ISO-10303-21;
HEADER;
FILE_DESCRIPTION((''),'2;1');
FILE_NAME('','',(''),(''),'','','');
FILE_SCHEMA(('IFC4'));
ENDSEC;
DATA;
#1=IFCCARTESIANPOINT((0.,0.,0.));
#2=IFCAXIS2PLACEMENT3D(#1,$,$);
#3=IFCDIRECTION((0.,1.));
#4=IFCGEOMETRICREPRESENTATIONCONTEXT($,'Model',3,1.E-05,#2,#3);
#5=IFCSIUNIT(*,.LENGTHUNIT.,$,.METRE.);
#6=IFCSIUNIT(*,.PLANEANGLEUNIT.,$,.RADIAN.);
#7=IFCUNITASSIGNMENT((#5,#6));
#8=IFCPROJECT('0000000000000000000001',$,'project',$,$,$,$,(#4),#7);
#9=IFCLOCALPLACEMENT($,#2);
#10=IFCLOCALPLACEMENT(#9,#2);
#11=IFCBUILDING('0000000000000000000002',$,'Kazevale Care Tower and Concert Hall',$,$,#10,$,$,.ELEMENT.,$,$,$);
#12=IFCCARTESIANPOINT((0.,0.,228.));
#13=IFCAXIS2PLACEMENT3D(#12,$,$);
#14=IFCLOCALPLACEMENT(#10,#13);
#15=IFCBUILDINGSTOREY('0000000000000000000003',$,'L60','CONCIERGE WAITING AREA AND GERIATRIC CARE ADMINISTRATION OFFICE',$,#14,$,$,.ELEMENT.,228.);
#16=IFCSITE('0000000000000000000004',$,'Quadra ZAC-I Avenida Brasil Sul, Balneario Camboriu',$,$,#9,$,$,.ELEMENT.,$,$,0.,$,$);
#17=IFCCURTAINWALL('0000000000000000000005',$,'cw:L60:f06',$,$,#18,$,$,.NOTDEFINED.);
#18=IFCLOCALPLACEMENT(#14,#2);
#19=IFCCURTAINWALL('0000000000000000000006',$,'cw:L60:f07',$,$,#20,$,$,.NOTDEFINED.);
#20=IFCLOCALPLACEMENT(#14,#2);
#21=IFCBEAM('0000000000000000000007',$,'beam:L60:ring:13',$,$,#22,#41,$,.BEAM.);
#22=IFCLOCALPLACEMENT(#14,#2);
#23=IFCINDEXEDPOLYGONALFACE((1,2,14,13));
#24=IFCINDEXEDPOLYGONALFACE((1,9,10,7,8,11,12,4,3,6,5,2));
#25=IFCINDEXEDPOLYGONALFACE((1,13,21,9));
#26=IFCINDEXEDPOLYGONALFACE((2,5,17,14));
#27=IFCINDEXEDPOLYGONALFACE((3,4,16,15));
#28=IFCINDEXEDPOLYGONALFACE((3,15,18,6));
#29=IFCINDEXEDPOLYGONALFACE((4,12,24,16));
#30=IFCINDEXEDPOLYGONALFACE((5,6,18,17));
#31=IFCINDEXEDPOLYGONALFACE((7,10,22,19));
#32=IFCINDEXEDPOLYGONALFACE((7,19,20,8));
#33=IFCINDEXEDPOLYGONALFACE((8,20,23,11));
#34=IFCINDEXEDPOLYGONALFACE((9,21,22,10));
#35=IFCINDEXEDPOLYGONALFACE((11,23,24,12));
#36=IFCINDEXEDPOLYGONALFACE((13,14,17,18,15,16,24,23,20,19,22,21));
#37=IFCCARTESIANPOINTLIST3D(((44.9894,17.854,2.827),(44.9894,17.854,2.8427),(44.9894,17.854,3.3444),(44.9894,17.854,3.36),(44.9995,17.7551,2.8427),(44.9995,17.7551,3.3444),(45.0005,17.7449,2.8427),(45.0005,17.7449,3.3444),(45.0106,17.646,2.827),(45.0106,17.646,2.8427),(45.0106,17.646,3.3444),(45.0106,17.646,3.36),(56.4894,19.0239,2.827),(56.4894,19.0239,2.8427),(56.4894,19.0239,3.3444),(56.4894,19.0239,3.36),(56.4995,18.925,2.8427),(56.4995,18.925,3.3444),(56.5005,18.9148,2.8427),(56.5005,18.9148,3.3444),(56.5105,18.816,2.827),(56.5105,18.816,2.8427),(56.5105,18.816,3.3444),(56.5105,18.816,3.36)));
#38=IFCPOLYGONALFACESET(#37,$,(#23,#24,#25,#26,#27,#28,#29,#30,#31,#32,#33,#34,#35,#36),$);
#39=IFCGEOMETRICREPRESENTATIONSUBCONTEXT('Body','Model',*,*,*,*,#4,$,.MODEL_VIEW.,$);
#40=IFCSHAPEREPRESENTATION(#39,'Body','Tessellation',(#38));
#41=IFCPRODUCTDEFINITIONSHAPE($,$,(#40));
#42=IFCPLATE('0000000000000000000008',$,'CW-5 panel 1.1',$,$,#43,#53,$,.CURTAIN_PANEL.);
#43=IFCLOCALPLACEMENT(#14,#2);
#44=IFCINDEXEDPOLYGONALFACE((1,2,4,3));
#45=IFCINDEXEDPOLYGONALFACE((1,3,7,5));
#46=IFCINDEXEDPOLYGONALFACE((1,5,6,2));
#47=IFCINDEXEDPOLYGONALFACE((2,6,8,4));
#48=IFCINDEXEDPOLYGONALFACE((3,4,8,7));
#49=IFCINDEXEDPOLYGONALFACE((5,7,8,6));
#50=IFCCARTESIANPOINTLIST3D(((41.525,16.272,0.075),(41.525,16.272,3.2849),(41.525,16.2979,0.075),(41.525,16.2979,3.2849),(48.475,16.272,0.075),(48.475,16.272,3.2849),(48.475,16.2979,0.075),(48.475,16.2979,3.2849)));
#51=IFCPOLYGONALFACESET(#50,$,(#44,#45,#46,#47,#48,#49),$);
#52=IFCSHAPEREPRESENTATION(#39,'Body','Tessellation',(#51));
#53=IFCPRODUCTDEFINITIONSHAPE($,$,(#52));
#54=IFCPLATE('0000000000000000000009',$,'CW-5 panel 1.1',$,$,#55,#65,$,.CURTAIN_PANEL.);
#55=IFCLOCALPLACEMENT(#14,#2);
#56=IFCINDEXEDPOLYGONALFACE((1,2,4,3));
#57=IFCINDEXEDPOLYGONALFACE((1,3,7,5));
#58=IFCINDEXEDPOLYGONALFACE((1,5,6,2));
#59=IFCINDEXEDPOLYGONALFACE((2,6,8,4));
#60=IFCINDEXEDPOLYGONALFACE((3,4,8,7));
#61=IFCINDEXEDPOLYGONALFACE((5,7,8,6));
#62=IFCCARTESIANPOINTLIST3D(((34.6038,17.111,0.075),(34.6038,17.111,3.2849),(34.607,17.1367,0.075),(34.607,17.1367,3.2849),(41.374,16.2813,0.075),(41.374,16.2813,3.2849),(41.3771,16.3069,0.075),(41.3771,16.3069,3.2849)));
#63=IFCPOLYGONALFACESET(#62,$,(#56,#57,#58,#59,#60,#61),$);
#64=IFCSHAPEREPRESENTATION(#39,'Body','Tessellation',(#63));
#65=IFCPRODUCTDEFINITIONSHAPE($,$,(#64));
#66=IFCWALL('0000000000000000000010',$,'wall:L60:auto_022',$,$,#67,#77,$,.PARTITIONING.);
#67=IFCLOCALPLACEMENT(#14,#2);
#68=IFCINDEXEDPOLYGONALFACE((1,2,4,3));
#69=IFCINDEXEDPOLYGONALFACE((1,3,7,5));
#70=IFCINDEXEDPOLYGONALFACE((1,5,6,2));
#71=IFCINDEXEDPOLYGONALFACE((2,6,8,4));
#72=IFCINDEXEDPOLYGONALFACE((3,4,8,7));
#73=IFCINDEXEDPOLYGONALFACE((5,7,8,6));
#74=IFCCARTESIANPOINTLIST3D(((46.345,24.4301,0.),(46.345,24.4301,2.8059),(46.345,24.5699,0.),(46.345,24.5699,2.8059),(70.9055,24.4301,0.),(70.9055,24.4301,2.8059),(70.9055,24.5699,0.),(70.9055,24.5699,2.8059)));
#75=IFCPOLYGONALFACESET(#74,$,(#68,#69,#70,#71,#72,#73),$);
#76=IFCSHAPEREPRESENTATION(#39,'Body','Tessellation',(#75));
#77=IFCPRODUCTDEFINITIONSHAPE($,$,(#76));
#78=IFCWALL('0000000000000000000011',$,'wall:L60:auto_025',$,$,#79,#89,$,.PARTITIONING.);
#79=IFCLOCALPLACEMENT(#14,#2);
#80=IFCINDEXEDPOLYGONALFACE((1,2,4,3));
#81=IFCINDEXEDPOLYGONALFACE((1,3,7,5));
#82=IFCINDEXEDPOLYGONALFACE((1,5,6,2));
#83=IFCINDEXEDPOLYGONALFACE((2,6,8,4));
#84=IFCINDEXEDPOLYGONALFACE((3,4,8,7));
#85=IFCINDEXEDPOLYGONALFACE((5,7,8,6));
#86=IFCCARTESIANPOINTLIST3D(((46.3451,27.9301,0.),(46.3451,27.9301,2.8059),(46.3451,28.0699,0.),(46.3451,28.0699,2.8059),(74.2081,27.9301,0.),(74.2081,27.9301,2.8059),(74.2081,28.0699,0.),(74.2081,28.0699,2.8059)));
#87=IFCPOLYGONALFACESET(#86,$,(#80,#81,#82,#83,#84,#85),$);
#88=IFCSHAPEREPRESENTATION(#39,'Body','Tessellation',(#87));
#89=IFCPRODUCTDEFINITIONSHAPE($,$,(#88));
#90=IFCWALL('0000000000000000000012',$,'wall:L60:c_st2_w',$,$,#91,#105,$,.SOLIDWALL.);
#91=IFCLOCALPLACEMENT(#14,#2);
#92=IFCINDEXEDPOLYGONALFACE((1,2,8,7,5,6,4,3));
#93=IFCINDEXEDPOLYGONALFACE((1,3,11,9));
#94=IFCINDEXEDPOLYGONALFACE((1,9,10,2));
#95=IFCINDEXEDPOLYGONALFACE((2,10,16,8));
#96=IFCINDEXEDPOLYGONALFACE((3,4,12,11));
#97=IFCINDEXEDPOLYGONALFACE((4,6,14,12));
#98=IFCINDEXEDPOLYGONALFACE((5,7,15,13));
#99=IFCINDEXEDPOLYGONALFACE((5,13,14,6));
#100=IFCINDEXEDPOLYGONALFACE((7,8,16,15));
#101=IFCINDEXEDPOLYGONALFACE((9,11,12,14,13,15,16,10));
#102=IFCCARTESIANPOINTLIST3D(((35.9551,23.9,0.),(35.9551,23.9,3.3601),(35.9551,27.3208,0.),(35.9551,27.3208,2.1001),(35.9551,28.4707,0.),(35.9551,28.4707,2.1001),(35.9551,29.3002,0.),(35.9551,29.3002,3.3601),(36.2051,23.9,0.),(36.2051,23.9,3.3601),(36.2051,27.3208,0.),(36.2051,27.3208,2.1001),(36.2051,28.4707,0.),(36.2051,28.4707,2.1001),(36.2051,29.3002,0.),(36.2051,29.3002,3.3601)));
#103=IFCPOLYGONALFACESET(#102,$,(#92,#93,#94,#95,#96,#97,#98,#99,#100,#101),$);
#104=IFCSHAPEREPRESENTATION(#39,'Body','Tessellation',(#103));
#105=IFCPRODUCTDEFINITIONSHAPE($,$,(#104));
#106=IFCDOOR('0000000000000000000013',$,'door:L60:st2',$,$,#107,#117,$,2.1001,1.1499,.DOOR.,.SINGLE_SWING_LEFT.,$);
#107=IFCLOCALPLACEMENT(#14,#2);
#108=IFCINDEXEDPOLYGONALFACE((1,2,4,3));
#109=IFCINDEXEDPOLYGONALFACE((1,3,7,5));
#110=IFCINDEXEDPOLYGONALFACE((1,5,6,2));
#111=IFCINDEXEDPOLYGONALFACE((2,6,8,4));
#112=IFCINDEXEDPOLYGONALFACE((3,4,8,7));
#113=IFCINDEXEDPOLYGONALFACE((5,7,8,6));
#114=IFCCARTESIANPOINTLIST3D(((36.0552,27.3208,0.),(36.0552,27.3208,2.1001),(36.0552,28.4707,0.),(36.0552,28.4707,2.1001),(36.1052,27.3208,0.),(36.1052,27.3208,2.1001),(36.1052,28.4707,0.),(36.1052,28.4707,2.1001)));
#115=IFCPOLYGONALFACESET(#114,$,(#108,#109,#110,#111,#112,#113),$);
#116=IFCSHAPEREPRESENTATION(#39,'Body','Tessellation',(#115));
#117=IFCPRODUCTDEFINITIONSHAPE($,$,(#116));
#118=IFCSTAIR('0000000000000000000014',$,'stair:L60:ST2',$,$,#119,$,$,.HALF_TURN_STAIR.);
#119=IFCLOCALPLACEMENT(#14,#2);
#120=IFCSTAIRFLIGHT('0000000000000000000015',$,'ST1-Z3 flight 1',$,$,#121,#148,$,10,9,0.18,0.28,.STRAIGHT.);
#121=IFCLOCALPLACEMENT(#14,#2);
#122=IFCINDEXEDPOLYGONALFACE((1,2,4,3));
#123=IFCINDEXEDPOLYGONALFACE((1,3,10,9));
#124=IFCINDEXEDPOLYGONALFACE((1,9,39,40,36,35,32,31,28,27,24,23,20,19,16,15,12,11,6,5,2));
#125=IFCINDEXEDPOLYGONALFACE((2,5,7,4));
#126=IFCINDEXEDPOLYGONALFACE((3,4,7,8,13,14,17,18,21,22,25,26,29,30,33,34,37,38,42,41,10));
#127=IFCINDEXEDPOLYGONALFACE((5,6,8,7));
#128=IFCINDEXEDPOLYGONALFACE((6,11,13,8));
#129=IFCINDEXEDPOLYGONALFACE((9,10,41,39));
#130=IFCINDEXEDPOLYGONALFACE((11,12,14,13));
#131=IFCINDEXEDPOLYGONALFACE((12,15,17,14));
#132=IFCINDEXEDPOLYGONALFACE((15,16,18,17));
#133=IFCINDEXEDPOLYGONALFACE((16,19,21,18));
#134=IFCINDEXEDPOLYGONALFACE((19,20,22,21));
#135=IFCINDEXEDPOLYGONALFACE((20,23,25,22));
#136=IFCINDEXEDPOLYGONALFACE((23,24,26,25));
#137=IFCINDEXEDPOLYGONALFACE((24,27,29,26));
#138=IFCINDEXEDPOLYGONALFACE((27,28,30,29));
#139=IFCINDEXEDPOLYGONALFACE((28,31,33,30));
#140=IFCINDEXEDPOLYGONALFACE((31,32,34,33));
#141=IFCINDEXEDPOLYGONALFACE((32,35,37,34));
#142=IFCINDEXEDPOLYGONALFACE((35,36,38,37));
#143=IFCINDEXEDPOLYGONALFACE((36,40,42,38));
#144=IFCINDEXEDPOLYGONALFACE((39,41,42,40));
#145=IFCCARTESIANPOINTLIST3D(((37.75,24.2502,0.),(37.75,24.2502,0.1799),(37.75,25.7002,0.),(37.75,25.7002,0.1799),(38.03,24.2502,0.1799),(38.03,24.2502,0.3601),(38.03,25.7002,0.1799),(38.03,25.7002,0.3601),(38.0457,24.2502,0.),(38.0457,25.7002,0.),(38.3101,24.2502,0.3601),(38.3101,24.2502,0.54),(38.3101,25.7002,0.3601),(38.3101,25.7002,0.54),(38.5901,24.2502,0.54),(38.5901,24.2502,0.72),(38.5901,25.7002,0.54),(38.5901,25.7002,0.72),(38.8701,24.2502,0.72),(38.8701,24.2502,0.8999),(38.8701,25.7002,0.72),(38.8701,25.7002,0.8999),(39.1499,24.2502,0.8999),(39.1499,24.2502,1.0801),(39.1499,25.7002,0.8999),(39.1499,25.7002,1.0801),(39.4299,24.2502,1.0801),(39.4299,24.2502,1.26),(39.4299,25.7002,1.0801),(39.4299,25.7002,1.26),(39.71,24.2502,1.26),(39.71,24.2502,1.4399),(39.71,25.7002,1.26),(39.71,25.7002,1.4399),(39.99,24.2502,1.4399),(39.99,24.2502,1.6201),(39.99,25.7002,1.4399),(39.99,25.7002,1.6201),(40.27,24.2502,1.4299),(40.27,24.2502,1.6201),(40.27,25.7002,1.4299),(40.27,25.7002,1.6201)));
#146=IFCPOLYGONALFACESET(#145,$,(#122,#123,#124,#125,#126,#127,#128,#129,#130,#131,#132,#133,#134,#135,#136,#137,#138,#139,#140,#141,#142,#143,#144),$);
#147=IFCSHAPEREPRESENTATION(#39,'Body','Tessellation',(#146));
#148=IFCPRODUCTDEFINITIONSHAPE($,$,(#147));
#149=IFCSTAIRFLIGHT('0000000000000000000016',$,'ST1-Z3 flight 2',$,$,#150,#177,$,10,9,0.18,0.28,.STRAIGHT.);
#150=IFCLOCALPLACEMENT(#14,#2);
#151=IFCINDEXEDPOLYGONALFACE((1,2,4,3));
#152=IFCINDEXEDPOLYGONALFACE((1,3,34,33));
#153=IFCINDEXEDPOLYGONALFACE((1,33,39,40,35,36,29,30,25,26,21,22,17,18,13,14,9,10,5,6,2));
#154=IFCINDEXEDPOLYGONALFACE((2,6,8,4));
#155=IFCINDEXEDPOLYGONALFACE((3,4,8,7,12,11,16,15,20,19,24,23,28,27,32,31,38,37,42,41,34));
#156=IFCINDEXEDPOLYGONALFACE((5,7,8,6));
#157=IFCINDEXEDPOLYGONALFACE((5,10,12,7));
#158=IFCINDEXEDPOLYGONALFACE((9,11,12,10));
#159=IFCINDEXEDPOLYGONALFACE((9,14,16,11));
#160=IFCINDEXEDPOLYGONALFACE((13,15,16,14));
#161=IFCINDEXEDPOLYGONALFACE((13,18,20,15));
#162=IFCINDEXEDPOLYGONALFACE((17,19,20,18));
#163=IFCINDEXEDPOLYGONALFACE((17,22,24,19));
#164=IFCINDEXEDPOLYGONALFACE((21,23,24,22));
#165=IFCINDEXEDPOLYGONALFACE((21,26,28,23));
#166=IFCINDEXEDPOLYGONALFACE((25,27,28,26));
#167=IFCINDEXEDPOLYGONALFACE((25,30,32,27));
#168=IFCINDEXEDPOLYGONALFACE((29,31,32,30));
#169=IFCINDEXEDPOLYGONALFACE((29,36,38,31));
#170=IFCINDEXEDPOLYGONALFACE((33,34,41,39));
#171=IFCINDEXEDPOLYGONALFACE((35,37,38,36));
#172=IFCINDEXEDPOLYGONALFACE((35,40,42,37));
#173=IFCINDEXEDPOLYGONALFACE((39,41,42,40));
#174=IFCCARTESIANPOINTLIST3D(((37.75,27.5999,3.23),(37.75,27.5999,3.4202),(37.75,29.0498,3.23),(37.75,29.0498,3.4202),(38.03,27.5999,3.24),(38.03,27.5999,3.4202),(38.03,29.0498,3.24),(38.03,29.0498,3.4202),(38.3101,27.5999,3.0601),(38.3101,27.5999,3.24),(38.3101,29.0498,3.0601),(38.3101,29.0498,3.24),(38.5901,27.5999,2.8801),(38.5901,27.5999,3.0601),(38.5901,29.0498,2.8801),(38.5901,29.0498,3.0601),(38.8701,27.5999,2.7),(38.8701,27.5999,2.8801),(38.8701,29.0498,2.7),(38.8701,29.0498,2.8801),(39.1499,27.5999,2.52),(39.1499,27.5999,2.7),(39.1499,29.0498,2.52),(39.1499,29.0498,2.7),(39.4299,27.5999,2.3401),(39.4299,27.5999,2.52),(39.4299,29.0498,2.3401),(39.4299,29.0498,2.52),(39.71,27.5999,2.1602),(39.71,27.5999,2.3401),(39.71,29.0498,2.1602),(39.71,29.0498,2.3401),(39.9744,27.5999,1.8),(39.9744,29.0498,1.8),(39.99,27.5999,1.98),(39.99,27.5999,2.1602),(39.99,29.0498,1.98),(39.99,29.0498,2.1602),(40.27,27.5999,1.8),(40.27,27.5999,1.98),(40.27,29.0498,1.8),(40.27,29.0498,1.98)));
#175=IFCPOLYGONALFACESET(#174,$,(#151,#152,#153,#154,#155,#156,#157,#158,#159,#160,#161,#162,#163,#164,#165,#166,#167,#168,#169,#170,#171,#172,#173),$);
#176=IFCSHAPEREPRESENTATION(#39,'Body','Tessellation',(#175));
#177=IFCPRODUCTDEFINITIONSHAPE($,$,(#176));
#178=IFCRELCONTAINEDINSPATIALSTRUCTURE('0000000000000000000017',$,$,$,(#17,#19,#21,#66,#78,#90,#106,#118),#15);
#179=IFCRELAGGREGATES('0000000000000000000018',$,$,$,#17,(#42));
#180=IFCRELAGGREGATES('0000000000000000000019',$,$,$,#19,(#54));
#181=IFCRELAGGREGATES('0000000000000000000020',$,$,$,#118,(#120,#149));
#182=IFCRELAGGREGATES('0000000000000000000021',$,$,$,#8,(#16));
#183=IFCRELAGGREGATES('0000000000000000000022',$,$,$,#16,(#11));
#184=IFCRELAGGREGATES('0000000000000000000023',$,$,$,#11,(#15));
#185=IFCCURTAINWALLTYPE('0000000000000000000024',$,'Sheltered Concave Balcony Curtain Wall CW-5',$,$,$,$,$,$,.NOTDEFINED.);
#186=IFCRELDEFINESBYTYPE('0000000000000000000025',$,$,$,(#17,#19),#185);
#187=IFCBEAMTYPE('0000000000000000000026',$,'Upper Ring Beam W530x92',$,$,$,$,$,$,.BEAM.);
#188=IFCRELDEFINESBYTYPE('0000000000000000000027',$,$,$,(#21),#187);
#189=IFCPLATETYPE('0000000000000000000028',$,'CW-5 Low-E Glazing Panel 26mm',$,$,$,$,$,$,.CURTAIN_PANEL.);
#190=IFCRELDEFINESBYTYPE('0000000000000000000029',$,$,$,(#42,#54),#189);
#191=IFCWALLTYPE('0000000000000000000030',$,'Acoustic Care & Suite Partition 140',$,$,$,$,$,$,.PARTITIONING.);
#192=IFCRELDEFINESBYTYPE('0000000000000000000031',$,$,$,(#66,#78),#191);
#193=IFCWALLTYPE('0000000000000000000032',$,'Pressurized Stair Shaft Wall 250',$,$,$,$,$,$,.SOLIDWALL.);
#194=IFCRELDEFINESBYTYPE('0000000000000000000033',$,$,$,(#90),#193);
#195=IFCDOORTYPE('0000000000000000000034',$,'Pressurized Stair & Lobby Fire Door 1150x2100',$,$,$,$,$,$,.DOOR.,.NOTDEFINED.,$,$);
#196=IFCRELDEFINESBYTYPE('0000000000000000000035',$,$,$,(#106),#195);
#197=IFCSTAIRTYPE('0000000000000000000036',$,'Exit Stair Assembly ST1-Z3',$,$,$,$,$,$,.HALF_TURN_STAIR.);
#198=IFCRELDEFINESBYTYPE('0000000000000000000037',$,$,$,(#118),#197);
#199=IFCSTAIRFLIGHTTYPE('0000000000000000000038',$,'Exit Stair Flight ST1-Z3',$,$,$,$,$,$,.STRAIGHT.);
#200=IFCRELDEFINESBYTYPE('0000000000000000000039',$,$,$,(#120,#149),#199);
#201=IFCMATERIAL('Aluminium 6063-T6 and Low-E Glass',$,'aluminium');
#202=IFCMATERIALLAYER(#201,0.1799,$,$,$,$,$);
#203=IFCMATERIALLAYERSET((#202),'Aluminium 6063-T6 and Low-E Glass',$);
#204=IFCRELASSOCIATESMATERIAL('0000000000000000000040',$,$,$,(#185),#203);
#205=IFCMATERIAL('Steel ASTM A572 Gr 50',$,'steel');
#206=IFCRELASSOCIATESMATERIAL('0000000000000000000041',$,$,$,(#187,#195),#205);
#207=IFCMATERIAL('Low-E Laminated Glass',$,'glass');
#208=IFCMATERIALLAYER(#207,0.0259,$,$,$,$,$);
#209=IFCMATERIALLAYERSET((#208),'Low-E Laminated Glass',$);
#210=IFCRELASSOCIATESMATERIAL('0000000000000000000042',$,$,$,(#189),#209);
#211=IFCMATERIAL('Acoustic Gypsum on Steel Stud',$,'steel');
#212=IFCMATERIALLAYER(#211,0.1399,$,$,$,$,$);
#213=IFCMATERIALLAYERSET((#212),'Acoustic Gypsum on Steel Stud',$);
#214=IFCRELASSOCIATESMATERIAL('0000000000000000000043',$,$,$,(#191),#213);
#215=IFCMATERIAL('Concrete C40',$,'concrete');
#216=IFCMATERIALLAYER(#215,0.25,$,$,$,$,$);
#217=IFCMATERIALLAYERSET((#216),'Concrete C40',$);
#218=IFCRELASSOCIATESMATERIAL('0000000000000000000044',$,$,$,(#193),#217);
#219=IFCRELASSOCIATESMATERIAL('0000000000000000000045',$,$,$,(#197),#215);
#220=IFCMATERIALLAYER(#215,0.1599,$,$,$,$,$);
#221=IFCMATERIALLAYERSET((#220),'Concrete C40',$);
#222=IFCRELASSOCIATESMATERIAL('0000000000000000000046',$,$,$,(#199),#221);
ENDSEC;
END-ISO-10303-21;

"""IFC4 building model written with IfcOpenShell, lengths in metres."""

from ifc_helpers import new_model, si_unit, direction, frame, frame_2d, origin, origin_2d, place, context, subcontext, project, spatial, polyline, rectangle, i_section, outline, extrude, material, layer, layer_set, material_profile, profile_set, type_object, element, fill, aggregate, save


model = new_model("IFC4")

# Units and contexts
model_context = context("Model", 3, precision=1e-05, world=origin(), true_north=direction((0.0, 1.0)))
body_context = subcontext(model_context, "Body", "Model", "MODEL_VIEW")
ifc_project = project(units=[si_unit("LENGTHUNIT", "METRE"), si_unit("PLANEANGLEUNIT", "RADIAN")], contexts=[model_context])

# Site, building, storey
site_placement = place(None, origin())
site = spatial("IfcSite", under=ifc_project, at=site_placement, Name="Quadra ZAC-I Avenida Brasil Sul, Balneario Camboriu", CompositionType="ELEMENT", RefElevation=0.0)
building_placement = place(site_placement, origin())
building = spatial("IfcBuilding", under=site, at=building_placement, Name="Kazevale Care Tower and Concert Hall", CompositionType="ELEMENT")
storey_placement = place(building_placement, frame((0.0, 0.0, 228.0)))
storey = spatial("IfcBuildingStorey", under=building, at=storey_placement, Name="L60", Description="CONCIERGE WAITING AREA AND GERIATRIC CARE ADMINISTRATION OFFICE", CompositionType="ELEMENT", Elevation=228.0)

# Curtain wall
ifc_material_1 = material(Name="Aluminium 6063-T6 and Low-E Glass", Category="aluminium")
ifc_layer_1 = layer(ifc_material_1, 0.1799)
ifc_layer_set_1 = layer_set([ifc_layer_1], Name="Aluminium 6063-T6 and Low-E Glass")
curtain_wall_type = type_object("IfcCurtainWallType", Name="Sheltered Concave Balcony Curtain Wall CW-5", PredefinedType="NOTDEFINED", material=ifc_layer_set_1)
curtain_wall_1_placement = place(storey_placement, origin())
curtain_wall_1 = element("IfcCurtainWall", 1, at=curtain_wall_1_placement, inside=storey, type_object=curtain_wall_type, Name="cw:L60:f06", PredefinedType="NOTDEFINED")

# Curtain wall
curtain_wall_2_placement = place(storey_placement, origin())
curtain_wall_2 = element("IfcCurtainWall", 2, at=curtain_wall_2_placement, inside=storey, type_object=curtain_wall_type, Name="cw:L60:f07", PredefinedType="NOTDEFINED")

# Beam
ifc_material_2 = material(Name="Steel ASTM A572 Gr 50", Category="steel")
ifc_material_profile_1 = material_profile(ifc_material_2, i_section(OverallWidth=0.209, OverallDepth=0.533, WebThickness=0.0103, FlangeThickness=0.0156, at=origin_2d()), Name="W530x92")
ifc_profile_set_1 = profile_set([ifc_material_profile_1], Name="Steel ASTM A572 Gr 50")
beam_type_1 = type_object("IfcBeamType", Name="Upper Ring Beam W530x92", PredefinedType="BEAM", material=ifc_profile_set_1)
beam_1_placement = place(storey_placement, frame((45.0, 17.75, 3.0935), z_axis=(0.994865, 0.10121, 0.0), x_axis=(-0.10121, 0.994865, 0.0)))
element("IfcBeam", 3, at=beam_1_placement, inside=storey, type_object=beam_type_1, Name="beam:L60:ring:13", PredefinedType="BEAM", context=body_context, shape_type="SweptSolid", body=[
    extrude(i_section(OverallWidth=0.209, OverallDepth=0.533, WebThickness=0.0103, FlangeThickness=0.0156, at=origin_2d()), origin(), (0.0, 0.0, 1.0), 11.5593),
])

# Plates
ifc_material_3 = material(Name="Low-E Laminated Glass", Category="glass")
ifc_layer_2 = layer(ifc_material_3, 0.0259)
ifc_layer_set_2 = layer_set([ifc_layer_2], Name="Low-E Laminated Glass")
plate_type = type_object("IfcPlateType", Name="CW-5 Low-E Glazing Panel 26mm", PredefinedType="CURTAIN_PANEL", material=ifc_layer_set_2)
plate_1_placement = place(storey_placement, frame((45.0, 16.2849, 0.075), z_axis=(0.0, 0.0, 1.0), x_axis=(-1.0, 0.0, 0.0)))
plate_1 = element("IfcPlate", 4, at=plate_1_placement, type_object=plate_type, Name="CW-5 panel 1.1", PredefinedType="CURTAIN_PANEL", context=body_context, shape_type="SweptSolid", body=[
    extrude(rectangle(XDim=6.95, YDim=0.0259, at=origin_2d()), origin(), (0.0, 0.0, 1.0), 3.21),
])
aggregate(curtain_wall_1, [plate_1])
plate_2_placement = place(storey_placement, frame((37.9905, 16.709, 0.075), z_axis=(0.0, 0.0, 1.0), x_axis=(-0.992573, 0.121651, 0.0)))
plate_2 = element("IfcPlate", 5, at=plate_2_placement, type_object=plate_type, Name="CW-5 panel 1.1", PredefinedType="CURTAIN_PANEL", context=body_context, shape_type="SweptSolid", body=[
    extrude(rectangle(XDim=6.8208, YDim=0.0259, at=origin_2d()), origin(), (0.0, 0.0, 1.0), 3.21),
])
aggregate(curtain_wall_2, [plate_2])

# Walls
ifc_material_4 = material(Name="Acoustic Gypsum on Steel Stud", Category="steel")
ifc_layer_3 = layer(ifc_material_4, 0.1399)
ifc_layer_set_3 = layer_set([ifc_layer_3], Name="Acoustic Gypsum on Steel Stud")
wall_type_1 = type_object("IfcWallType", Name="Acoustic Care & Suite Partition 140", PredefinedType="PARTITIONING", material=ifc_layer_set_3)
wall_1_placement = place(storey_placement, frame((46.345, 24.5, 0.0), z_axis=(0.0, 0.0, 1.0), x_axis=(1.0, 0.0, 0.0)))
element("IfcWall", 6, at=wall_1_placement, inside=storey, type_object=wall_type_1, Name="wall:L60:auto_022", PredefinedType="PARTITIONING", context=body_context, shape_type="SweptSolid", body=[
    extrude(rectangle(XDim=24.5605, YDim=0.1399, at=frame_2d((12.2803, 0.0))), origin(), (0.0, 0.0, 1.0), 2.8059),
])
wall_2_placement = place(storey_placement, frame((46.345, 28.0, 0.0), z_axis=(0.0, 0.0, 1.0), x_axis=(1.0, 0.0, 0.0)))
element("IfcWall", 7, at=wall_2_placement, inside=storey, type_object=wall_type_1, Name="wall:L60:auto_025", PredefinedType="PARTITIONING", context=body_context, shape_type="SweptSolid", body=[
    extrude(rectangle(XDim=27.863, YDim=0.1399, at=frame_2d((13.9316, 0.0))), origin(), (0.0, 0.0, 1.0), 2.8059),
])

# Wall, opening, door
ifc_material_5 = material(Name="Concrete C40", Category="concrete")
ifc_layer_4 = layer(ifc_material_5, 0.25)
ifc_layer_set_4 = layer_set([ifc_layer_4], Name="Concrete C40")
wall_type_2 = type_object("IfcWallType", Name="Pressurized Stair Shaft Wall 250", PredefinedType="SOLIDWALL", material=ifc_layer_set_4)
wall_3_placement = place(storey_placement, frame((36.0801, 23.8999, 0.0), z_axis=(0.0, 0.0, 1.0), x_axis=(0.0, 1.0, 0.0)))
wall_3 = element("IfcWall", 8, at=wall_3_placement, inside=storey, type_object=wall_type_2, Name="wall:L60:c_st2_w", PredefinedType="SOLIDWALL", context=body_context, shape_type="SweptSolid", body=[
    extrude(rectangle(XDim=5.4001, YDim=0.25, at=frame_2d((2.7002, 0.0))), origin(), (0.0, 0.0, 1.0), 3.3601),
])
opening_1_placement = place(wall_3_placement, frame((3.4209, 0.0, 0.0)))
opening_1 = element("IfcOpeningElement", 9, at=opening_1_placement, cuts=wall_3, PredefinedType="OPENING", context=body_context, shape_type="SweptSolid", body=[
    extrude(rectangle(XDim=1.1499, YDim=2.1001, at=frame_2d((0.575, 1.05))), frame((0.0, 0.135, 0.0), z_axis=(0.0, -1.0, 0.0), x_axis=(1.0, 0.0, 0.0)), (0.0, 0.0, 1.0), 0.27),
])
door_type_1 = type_object("IfcDoorType", Name="Pressurized Stair & Lobby Fire Door 1150x2100", OperationType="NOTDEFINED", PredefinedType="DOOR", material=ifc_material_2)
door_1_placement = place(opening_1_placement, origin())
door_1 = element("IfcDoor", 10, at=door_1_placement, inside=storey, type_object=door_type_1, Name="door:L60:st2", OperationType="SINGLE_SWING_LEFT", OverallHeight=2.1001, OverallWidth=1.1499, PredefinedType="DOOR", context=body_context, shape_type="SweptSolid", body=[
    extrude(rectangle(XDim=1.1499, YDim=2.1001, at=frame_2d((0.575, 1.05))), frame((0.0, 0.0249, 0.0), z_axis=(0.0, -1.0, 0.0), x_axis=(1.0, 0.0, 0.0)), (0.0, 0.0, 1.0), 0.05),
])
fill(opening_1, door_1)

# Stair, stair flights
stair_type = type_object("IfcStairType", Name="Exit Stair Assembly ST1-Z3", PredefinedType="HALF_TURN_STAIR", material=ifc_material_5)
stair_placement = place(storey_placement, origin())
stair = element("IfcStair", 11, at=stair_placement, inside=storey, type_object=stair_type, Name="stair:L60:ST2", PredefinedType="HALF_TURN_STAIR")
ifc_layer_5 = layer(ifc_material_5, 0.1599)
ifc_layer_set_5 = layer_set([ifc_layer_5], Name="Concrete C40")
stair_flight_type = type_object("IfcStairFlightType", Name="Exit Stair Flight ST1-Z3", PredefinedType="STRAIGHT", material=ifc_layer_set_5)
stair_flight_1_placement = place(storey_placement, frame((37.75, 24.9751, 0.0), z_axis=(0.0, 0.0, 1.0), x_axis=(1.0, 0.0, 0.0)))
stair_flight_1 = element("IfcStairFlight", 12, at=stair_flight_1_placement, type_object=stair_flight_type, Name="ST1-Z3 flight 1", NumberOfRisers=10, NumberOfTreads=9, PredefinedType="STRAIGHT", RiserHeight=0.18, TreadLength=0.28, context=body_context, shape_type="SweptSolid", body=[
    extrude(outline(polyline([(0.0, 0.0), (0.0, 0.1799), (0.28, 0.1799), (0.28, 0.3601), (0.5601, 0.3601), (0.5601, 0.54), (0.8401, 0.54), (0.8401, 0.72), (1.1201, 0.72), (1.1201, 0.8999), (1.3999, 0.8999), (1.3999, 1.0801), (1.6799, 1.0801), (1.6799, 1.26), (1.96, 1.26), (1.96, 1.4399), (2.24, 1.4399), (2.24, 1.6201), (2.52, 1.6201), (2.52, 1.8), (2.52, 1.4299), (0.2957, 0.0), (0.0, 0.0)])), frame((0.0, 0.7251, 0.0), z_axis=(0.0, -1.0, 0.0), x_axis=(1.0, 0.0, 0.0)), (0.0, 0.0, 1.0), 1.45),
])
stair_flight_2_placement = place(storey_placement, frame((40.27, 28.325, 1.8), z_axis=(0.0, 0.0, 1.0), x_axis=(-1.0, 0.0, 0.0)))
stair_flight_2 = element("IfcStairFlight", 13, at=stair_flight_2_placement, type_object=stair_flight_type, Name="ST1-Z3 flight 2", NumberOfRisers=10, NumberOfTreads=9, PredefinedType="STRAIGHT", RiserHeight=0.18, TreadLength=0.28, context=body_context, shape_type="SweptSolid", body=[
    extrude(outline(polyline([(0.0, 0.0), (0.0, 0.1799), (0.28, 0.1799), (0.28, 0.3601), (0.5601, 0.3601), (0.5601, 0.54), (0.8401, 0.54), (0.8401, 0.72), (1.1201, 0.72), (1.1201, 0.8999), (1.3999, 0.8999), (1.3999, 1.0801), (1.6799, 1.0801), (1.6799, 1.26), (1.96, 1.26), (1.96, 1.4399), (2.24, 1.4399), (2.24, 1.6201), (2.52, 1.6201), (2.52, 1.8), (2.52, 1.4299), (0.2957, 0.0), (0.0, 0.0)])), frame((0.0, 0.7251, 0.0), z_axis=(0.0, -1.0, 0.0), x_axis=(1.0, 0.0, 0.0)), (0.0, 0.0, 1.0), 1.45),
])
aggregate(stair, [stair_flight_1, stair_flight_2])

save(model, "model.ifc")
